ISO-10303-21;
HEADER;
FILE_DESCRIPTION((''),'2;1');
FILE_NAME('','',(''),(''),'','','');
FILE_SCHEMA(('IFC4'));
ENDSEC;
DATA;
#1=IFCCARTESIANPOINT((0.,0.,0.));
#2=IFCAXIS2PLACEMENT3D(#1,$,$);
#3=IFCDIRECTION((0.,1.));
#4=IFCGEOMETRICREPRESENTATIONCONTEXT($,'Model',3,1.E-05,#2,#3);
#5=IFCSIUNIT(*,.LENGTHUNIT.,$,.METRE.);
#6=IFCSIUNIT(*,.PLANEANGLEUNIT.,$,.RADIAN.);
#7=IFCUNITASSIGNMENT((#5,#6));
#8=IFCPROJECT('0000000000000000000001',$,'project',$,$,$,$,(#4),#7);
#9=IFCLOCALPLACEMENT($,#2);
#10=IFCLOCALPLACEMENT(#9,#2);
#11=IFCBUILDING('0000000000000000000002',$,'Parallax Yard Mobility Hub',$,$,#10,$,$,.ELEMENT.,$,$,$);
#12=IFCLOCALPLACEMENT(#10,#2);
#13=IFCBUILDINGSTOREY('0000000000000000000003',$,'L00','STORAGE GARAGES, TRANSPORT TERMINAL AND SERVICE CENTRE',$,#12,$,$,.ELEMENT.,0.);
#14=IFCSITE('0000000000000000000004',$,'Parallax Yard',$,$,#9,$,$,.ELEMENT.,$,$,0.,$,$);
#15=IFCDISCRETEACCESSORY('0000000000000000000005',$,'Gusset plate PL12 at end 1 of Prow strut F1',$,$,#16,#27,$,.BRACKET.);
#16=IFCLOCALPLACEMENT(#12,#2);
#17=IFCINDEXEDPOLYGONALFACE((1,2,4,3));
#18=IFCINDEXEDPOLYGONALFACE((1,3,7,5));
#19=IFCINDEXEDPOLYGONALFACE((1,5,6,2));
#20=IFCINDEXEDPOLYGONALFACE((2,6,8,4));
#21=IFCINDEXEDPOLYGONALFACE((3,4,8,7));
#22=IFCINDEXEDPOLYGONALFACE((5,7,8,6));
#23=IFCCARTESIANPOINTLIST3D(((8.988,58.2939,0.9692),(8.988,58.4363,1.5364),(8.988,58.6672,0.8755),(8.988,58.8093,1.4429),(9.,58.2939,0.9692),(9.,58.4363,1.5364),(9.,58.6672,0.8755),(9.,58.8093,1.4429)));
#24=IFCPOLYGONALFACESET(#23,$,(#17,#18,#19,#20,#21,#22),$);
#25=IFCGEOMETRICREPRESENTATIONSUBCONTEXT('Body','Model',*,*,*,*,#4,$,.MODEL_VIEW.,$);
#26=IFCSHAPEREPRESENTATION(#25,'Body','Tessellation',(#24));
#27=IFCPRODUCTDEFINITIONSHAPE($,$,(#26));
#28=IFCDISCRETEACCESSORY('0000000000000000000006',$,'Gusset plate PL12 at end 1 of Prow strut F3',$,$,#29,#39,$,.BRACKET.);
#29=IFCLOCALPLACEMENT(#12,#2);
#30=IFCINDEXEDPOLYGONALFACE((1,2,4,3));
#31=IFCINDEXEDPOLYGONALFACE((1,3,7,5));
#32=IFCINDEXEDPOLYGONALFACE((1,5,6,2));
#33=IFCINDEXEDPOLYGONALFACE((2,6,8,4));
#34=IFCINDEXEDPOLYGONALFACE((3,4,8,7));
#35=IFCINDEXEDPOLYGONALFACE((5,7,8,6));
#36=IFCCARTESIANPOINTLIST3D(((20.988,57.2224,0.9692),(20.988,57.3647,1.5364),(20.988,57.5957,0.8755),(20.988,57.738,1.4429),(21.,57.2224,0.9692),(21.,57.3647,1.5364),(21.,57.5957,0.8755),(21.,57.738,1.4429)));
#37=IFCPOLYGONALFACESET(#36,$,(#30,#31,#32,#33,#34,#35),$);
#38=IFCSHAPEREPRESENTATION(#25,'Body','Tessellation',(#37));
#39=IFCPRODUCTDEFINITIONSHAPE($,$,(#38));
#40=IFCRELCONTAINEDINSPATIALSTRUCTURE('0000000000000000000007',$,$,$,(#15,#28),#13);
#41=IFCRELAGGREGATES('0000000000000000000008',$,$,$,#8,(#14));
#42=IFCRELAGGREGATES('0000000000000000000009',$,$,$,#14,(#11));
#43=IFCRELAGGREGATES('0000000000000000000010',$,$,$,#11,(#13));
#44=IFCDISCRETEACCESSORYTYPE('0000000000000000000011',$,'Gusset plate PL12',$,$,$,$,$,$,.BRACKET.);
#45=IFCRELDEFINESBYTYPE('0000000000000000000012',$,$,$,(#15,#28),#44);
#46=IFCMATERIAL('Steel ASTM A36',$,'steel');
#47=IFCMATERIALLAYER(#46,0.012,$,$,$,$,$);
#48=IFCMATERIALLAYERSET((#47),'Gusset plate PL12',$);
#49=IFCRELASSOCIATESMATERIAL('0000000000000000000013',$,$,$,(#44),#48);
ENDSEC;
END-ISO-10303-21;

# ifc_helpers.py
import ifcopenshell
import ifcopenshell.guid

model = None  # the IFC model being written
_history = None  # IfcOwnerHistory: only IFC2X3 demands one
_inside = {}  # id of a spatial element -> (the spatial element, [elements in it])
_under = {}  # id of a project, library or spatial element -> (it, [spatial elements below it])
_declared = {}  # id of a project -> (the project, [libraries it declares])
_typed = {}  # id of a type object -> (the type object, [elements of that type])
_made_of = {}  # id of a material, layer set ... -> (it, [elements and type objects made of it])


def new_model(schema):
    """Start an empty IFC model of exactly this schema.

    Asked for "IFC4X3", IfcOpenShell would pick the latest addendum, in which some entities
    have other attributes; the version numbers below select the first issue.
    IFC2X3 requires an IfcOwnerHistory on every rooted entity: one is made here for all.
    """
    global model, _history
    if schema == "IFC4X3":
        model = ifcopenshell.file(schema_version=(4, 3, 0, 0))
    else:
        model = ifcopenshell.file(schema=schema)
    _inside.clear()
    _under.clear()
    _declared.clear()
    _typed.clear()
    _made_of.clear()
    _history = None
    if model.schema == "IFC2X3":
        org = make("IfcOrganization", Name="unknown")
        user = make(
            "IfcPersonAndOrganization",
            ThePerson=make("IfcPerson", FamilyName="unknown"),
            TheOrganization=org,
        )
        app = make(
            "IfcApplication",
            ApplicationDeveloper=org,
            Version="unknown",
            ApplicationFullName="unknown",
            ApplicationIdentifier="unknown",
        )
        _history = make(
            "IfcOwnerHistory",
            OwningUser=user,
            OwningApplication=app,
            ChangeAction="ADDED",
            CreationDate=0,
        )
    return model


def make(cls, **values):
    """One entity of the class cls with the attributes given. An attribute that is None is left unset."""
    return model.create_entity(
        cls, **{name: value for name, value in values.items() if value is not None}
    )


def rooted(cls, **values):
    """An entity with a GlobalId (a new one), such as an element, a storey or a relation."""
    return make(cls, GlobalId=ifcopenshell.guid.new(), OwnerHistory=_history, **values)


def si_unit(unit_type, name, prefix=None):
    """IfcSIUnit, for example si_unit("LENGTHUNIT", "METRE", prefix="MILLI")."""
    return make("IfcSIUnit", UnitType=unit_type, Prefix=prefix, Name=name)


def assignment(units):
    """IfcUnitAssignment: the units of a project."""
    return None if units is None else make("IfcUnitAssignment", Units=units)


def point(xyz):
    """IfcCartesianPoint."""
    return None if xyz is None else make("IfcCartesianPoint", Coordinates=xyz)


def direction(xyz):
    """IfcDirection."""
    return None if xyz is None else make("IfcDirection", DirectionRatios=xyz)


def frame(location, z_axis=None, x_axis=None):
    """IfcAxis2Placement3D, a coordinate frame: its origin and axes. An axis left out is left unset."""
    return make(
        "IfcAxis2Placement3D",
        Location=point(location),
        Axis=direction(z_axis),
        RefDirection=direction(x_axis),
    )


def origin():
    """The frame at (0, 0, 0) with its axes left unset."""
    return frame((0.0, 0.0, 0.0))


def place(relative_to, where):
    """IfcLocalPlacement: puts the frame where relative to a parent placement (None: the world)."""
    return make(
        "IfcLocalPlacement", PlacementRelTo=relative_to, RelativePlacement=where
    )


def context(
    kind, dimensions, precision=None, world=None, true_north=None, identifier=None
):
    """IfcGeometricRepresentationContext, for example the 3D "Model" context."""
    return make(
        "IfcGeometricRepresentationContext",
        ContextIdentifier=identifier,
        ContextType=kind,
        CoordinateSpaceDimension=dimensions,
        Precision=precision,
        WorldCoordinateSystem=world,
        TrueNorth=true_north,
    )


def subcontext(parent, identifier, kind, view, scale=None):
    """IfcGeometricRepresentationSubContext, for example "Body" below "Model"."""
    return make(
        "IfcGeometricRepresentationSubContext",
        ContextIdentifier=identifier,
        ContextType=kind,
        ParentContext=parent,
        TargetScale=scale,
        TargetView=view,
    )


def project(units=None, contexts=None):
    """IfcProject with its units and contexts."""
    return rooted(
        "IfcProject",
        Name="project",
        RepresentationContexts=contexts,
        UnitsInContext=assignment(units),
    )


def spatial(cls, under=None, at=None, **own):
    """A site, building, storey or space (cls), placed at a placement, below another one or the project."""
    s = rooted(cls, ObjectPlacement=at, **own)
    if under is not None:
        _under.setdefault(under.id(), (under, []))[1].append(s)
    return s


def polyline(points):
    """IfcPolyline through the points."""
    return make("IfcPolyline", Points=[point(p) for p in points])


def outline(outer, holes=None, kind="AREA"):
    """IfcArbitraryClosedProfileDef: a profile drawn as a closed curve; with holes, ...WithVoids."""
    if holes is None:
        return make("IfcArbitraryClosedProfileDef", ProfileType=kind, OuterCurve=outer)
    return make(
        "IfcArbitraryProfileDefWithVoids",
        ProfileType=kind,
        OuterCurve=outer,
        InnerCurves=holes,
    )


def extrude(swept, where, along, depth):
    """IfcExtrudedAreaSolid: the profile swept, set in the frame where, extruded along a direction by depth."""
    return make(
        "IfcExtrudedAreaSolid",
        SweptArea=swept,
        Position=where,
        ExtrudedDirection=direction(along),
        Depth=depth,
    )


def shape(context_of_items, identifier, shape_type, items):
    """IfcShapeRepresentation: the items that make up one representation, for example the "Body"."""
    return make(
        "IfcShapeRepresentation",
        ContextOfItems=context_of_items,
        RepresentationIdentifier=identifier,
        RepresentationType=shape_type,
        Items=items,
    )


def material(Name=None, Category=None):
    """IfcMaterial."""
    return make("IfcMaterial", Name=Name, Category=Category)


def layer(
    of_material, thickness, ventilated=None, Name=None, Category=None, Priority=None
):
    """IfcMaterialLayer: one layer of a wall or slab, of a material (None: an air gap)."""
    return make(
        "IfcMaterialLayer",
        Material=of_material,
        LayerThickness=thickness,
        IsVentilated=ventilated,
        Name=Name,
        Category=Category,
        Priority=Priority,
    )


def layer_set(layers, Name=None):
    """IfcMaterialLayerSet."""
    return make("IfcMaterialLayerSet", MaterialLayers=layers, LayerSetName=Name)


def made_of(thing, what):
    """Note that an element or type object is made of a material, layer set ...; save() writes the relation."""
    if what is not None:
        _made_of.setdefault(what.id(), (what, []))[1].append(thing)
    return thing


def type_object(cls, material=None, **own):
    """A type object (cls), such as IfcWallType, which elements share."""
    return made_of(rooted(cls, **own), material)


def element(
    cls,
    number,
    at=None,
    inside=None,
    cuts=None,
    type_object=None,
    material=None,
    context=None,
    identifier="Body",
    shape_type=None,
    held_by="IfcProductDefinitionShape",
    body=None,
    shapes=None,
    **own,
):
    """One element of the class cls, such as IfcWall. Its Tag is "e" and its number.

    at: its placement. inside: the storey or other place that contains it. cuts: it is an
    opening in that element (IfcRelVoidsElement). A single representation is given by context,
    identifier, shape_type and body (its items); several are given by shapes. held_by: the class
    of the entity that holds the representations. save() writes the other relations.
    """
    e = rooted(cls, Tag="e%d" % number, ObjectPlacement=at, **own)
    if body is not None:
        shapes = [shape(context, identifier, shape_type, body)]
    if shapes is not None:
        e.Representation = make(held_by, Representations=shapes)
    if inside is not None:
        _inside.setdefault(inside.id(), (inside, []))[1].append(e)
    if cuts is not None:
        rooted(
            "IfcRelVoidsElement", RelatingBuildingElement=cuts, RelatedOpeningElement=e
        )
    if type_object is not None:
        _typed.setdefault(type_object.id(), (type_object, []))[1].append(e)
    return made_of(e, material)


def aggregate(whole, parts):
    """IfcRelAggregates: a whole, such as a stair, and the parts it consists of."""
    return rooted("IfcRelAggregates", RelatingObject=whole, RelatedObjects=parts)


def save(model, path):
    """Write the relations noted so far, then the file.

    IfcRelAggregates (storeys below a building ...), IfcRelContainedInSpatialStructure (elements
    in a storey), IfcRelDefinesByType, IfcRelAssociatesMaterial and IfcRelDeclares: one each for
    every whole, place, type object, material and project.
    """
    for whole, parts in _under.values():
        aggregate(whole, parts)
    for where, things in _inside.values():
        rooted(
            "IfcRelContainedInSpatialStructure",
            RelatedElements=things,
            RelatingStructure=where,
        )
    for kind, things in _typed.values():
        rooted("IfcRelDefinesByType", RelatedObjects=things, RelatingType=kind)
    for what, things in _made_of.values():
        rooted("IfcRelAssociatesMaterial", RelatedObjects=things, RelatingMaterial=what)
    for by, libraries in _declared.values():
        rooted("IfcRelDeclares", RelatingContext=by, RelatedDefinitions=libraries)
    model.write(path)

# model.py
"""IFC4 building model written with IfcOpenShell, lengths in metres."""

from ifc_helpers import new_model, si_unit, direction, frame, origin, place, context, subcontext, project, spatial, polyline, outline, extrude, material, layer, layer_set, type_object, element, save


model = new_model("IFC4")

# Units and contexts
model_context = context("Model", 3, precision=1e-05, world=origin(), true_north=direction((0.0, 1.0)))
body_context = subcontext(model_context, "Body", "Model", "MODEL_VIEW")
ifc_project = project(units=[si_unit("LENGTHUNIT", "METRE"), si_unit("PLANEANGLEUNIT", "RADIAN")], contexts=[model_context])

# Site, building, storey
site_placement = place(None, origin())
site = spatial("IfcSite", under=ifc_project, at=site_placement, Name="Parallax Yard", CompositionType="ELEMENT", RefElevation=0.0)
building_placement = place(site_placement, origin())
building = spatial("IfcBuilding", under=site, at=building_placement, Name="Parallax Yard Mobility Hub", CompositionType="ELEMENT")
storey_placement = place(building_placement, origin())
storey = spatial("IfcBuildingStorey", under=building, at=storey_placement, Name="L00", Description="STORAGE GARAGES, TRANSPORT TERMINAL AND SERVICE CENTRE", CompositionType="ELEMENT", Elevation=0.0)

# Discrete accessories
ifc_material_1 = material(Name="Steel ASTM A36", Category="steel")
ifc_layer = layer(ifc_material_1, 0.012)
ifc_layer_set = layer_set([ifc_layer], Name="Gusset plate PL12")
discrete_accessory_type = type_object("IfcDiscreteAccessoryType", Name="Gusset plate PL12", PredefinedType="BRACKET", material=ifc_layer_set)
discrete_accessory_1_placement = place(storey_placement, frame((9.0, 58.4363, 1.5364), z_axis=(1.0, 0.0, 0.0), x_axis=(0.0, -0.24342, -0.969921)))
element("IfcDiscreteAccessory", 1, at=discrete_accessory_1_placement, inside=storey, type_object=discrete_accessory_type, Name="Gusset plate PL12 at end 1 of Prow strut F1", PredefinedType="BRACKET", context=body_context, shape_type="SweptSolid", body=[
    extrude(outline(polyline([(0.0, 0.0), (0.5847, 0.0), (0.5848, 0.3849), (-0.0001, 0.3846), (0.0, 0.0)])), origin(), (0.0, 0.0, -1.0), 0.012),
])
discrete_accessory_2_placement = place(storey_placement, frame((21.0, 57.3647, 1.5364), z_axis=(1.0, 0.0, 0.0), x_axis=(0.0, -0.24342, -0.969921)))
element("IfcDiscreteAccessory", 2, at=discrete_accessory_2_placement, inside=storey, type_object=discrete_accessory_type, Name="Gusset plate PL12 at end 1 of Prow strut F3", PredefinedType="BRACKET", context=body_context, shape_type="SweptSolid", body=[
    extrude(outline(polyline([(0.0, 0.0), (0.5847, 0.0), (0.5848, 0.3849), (-0.0002, 0.3848), (0.0, 0.0)])), origin(), (0.0, 0.0, -1.0), 0.012),
])

save(model, "model.ifc")
